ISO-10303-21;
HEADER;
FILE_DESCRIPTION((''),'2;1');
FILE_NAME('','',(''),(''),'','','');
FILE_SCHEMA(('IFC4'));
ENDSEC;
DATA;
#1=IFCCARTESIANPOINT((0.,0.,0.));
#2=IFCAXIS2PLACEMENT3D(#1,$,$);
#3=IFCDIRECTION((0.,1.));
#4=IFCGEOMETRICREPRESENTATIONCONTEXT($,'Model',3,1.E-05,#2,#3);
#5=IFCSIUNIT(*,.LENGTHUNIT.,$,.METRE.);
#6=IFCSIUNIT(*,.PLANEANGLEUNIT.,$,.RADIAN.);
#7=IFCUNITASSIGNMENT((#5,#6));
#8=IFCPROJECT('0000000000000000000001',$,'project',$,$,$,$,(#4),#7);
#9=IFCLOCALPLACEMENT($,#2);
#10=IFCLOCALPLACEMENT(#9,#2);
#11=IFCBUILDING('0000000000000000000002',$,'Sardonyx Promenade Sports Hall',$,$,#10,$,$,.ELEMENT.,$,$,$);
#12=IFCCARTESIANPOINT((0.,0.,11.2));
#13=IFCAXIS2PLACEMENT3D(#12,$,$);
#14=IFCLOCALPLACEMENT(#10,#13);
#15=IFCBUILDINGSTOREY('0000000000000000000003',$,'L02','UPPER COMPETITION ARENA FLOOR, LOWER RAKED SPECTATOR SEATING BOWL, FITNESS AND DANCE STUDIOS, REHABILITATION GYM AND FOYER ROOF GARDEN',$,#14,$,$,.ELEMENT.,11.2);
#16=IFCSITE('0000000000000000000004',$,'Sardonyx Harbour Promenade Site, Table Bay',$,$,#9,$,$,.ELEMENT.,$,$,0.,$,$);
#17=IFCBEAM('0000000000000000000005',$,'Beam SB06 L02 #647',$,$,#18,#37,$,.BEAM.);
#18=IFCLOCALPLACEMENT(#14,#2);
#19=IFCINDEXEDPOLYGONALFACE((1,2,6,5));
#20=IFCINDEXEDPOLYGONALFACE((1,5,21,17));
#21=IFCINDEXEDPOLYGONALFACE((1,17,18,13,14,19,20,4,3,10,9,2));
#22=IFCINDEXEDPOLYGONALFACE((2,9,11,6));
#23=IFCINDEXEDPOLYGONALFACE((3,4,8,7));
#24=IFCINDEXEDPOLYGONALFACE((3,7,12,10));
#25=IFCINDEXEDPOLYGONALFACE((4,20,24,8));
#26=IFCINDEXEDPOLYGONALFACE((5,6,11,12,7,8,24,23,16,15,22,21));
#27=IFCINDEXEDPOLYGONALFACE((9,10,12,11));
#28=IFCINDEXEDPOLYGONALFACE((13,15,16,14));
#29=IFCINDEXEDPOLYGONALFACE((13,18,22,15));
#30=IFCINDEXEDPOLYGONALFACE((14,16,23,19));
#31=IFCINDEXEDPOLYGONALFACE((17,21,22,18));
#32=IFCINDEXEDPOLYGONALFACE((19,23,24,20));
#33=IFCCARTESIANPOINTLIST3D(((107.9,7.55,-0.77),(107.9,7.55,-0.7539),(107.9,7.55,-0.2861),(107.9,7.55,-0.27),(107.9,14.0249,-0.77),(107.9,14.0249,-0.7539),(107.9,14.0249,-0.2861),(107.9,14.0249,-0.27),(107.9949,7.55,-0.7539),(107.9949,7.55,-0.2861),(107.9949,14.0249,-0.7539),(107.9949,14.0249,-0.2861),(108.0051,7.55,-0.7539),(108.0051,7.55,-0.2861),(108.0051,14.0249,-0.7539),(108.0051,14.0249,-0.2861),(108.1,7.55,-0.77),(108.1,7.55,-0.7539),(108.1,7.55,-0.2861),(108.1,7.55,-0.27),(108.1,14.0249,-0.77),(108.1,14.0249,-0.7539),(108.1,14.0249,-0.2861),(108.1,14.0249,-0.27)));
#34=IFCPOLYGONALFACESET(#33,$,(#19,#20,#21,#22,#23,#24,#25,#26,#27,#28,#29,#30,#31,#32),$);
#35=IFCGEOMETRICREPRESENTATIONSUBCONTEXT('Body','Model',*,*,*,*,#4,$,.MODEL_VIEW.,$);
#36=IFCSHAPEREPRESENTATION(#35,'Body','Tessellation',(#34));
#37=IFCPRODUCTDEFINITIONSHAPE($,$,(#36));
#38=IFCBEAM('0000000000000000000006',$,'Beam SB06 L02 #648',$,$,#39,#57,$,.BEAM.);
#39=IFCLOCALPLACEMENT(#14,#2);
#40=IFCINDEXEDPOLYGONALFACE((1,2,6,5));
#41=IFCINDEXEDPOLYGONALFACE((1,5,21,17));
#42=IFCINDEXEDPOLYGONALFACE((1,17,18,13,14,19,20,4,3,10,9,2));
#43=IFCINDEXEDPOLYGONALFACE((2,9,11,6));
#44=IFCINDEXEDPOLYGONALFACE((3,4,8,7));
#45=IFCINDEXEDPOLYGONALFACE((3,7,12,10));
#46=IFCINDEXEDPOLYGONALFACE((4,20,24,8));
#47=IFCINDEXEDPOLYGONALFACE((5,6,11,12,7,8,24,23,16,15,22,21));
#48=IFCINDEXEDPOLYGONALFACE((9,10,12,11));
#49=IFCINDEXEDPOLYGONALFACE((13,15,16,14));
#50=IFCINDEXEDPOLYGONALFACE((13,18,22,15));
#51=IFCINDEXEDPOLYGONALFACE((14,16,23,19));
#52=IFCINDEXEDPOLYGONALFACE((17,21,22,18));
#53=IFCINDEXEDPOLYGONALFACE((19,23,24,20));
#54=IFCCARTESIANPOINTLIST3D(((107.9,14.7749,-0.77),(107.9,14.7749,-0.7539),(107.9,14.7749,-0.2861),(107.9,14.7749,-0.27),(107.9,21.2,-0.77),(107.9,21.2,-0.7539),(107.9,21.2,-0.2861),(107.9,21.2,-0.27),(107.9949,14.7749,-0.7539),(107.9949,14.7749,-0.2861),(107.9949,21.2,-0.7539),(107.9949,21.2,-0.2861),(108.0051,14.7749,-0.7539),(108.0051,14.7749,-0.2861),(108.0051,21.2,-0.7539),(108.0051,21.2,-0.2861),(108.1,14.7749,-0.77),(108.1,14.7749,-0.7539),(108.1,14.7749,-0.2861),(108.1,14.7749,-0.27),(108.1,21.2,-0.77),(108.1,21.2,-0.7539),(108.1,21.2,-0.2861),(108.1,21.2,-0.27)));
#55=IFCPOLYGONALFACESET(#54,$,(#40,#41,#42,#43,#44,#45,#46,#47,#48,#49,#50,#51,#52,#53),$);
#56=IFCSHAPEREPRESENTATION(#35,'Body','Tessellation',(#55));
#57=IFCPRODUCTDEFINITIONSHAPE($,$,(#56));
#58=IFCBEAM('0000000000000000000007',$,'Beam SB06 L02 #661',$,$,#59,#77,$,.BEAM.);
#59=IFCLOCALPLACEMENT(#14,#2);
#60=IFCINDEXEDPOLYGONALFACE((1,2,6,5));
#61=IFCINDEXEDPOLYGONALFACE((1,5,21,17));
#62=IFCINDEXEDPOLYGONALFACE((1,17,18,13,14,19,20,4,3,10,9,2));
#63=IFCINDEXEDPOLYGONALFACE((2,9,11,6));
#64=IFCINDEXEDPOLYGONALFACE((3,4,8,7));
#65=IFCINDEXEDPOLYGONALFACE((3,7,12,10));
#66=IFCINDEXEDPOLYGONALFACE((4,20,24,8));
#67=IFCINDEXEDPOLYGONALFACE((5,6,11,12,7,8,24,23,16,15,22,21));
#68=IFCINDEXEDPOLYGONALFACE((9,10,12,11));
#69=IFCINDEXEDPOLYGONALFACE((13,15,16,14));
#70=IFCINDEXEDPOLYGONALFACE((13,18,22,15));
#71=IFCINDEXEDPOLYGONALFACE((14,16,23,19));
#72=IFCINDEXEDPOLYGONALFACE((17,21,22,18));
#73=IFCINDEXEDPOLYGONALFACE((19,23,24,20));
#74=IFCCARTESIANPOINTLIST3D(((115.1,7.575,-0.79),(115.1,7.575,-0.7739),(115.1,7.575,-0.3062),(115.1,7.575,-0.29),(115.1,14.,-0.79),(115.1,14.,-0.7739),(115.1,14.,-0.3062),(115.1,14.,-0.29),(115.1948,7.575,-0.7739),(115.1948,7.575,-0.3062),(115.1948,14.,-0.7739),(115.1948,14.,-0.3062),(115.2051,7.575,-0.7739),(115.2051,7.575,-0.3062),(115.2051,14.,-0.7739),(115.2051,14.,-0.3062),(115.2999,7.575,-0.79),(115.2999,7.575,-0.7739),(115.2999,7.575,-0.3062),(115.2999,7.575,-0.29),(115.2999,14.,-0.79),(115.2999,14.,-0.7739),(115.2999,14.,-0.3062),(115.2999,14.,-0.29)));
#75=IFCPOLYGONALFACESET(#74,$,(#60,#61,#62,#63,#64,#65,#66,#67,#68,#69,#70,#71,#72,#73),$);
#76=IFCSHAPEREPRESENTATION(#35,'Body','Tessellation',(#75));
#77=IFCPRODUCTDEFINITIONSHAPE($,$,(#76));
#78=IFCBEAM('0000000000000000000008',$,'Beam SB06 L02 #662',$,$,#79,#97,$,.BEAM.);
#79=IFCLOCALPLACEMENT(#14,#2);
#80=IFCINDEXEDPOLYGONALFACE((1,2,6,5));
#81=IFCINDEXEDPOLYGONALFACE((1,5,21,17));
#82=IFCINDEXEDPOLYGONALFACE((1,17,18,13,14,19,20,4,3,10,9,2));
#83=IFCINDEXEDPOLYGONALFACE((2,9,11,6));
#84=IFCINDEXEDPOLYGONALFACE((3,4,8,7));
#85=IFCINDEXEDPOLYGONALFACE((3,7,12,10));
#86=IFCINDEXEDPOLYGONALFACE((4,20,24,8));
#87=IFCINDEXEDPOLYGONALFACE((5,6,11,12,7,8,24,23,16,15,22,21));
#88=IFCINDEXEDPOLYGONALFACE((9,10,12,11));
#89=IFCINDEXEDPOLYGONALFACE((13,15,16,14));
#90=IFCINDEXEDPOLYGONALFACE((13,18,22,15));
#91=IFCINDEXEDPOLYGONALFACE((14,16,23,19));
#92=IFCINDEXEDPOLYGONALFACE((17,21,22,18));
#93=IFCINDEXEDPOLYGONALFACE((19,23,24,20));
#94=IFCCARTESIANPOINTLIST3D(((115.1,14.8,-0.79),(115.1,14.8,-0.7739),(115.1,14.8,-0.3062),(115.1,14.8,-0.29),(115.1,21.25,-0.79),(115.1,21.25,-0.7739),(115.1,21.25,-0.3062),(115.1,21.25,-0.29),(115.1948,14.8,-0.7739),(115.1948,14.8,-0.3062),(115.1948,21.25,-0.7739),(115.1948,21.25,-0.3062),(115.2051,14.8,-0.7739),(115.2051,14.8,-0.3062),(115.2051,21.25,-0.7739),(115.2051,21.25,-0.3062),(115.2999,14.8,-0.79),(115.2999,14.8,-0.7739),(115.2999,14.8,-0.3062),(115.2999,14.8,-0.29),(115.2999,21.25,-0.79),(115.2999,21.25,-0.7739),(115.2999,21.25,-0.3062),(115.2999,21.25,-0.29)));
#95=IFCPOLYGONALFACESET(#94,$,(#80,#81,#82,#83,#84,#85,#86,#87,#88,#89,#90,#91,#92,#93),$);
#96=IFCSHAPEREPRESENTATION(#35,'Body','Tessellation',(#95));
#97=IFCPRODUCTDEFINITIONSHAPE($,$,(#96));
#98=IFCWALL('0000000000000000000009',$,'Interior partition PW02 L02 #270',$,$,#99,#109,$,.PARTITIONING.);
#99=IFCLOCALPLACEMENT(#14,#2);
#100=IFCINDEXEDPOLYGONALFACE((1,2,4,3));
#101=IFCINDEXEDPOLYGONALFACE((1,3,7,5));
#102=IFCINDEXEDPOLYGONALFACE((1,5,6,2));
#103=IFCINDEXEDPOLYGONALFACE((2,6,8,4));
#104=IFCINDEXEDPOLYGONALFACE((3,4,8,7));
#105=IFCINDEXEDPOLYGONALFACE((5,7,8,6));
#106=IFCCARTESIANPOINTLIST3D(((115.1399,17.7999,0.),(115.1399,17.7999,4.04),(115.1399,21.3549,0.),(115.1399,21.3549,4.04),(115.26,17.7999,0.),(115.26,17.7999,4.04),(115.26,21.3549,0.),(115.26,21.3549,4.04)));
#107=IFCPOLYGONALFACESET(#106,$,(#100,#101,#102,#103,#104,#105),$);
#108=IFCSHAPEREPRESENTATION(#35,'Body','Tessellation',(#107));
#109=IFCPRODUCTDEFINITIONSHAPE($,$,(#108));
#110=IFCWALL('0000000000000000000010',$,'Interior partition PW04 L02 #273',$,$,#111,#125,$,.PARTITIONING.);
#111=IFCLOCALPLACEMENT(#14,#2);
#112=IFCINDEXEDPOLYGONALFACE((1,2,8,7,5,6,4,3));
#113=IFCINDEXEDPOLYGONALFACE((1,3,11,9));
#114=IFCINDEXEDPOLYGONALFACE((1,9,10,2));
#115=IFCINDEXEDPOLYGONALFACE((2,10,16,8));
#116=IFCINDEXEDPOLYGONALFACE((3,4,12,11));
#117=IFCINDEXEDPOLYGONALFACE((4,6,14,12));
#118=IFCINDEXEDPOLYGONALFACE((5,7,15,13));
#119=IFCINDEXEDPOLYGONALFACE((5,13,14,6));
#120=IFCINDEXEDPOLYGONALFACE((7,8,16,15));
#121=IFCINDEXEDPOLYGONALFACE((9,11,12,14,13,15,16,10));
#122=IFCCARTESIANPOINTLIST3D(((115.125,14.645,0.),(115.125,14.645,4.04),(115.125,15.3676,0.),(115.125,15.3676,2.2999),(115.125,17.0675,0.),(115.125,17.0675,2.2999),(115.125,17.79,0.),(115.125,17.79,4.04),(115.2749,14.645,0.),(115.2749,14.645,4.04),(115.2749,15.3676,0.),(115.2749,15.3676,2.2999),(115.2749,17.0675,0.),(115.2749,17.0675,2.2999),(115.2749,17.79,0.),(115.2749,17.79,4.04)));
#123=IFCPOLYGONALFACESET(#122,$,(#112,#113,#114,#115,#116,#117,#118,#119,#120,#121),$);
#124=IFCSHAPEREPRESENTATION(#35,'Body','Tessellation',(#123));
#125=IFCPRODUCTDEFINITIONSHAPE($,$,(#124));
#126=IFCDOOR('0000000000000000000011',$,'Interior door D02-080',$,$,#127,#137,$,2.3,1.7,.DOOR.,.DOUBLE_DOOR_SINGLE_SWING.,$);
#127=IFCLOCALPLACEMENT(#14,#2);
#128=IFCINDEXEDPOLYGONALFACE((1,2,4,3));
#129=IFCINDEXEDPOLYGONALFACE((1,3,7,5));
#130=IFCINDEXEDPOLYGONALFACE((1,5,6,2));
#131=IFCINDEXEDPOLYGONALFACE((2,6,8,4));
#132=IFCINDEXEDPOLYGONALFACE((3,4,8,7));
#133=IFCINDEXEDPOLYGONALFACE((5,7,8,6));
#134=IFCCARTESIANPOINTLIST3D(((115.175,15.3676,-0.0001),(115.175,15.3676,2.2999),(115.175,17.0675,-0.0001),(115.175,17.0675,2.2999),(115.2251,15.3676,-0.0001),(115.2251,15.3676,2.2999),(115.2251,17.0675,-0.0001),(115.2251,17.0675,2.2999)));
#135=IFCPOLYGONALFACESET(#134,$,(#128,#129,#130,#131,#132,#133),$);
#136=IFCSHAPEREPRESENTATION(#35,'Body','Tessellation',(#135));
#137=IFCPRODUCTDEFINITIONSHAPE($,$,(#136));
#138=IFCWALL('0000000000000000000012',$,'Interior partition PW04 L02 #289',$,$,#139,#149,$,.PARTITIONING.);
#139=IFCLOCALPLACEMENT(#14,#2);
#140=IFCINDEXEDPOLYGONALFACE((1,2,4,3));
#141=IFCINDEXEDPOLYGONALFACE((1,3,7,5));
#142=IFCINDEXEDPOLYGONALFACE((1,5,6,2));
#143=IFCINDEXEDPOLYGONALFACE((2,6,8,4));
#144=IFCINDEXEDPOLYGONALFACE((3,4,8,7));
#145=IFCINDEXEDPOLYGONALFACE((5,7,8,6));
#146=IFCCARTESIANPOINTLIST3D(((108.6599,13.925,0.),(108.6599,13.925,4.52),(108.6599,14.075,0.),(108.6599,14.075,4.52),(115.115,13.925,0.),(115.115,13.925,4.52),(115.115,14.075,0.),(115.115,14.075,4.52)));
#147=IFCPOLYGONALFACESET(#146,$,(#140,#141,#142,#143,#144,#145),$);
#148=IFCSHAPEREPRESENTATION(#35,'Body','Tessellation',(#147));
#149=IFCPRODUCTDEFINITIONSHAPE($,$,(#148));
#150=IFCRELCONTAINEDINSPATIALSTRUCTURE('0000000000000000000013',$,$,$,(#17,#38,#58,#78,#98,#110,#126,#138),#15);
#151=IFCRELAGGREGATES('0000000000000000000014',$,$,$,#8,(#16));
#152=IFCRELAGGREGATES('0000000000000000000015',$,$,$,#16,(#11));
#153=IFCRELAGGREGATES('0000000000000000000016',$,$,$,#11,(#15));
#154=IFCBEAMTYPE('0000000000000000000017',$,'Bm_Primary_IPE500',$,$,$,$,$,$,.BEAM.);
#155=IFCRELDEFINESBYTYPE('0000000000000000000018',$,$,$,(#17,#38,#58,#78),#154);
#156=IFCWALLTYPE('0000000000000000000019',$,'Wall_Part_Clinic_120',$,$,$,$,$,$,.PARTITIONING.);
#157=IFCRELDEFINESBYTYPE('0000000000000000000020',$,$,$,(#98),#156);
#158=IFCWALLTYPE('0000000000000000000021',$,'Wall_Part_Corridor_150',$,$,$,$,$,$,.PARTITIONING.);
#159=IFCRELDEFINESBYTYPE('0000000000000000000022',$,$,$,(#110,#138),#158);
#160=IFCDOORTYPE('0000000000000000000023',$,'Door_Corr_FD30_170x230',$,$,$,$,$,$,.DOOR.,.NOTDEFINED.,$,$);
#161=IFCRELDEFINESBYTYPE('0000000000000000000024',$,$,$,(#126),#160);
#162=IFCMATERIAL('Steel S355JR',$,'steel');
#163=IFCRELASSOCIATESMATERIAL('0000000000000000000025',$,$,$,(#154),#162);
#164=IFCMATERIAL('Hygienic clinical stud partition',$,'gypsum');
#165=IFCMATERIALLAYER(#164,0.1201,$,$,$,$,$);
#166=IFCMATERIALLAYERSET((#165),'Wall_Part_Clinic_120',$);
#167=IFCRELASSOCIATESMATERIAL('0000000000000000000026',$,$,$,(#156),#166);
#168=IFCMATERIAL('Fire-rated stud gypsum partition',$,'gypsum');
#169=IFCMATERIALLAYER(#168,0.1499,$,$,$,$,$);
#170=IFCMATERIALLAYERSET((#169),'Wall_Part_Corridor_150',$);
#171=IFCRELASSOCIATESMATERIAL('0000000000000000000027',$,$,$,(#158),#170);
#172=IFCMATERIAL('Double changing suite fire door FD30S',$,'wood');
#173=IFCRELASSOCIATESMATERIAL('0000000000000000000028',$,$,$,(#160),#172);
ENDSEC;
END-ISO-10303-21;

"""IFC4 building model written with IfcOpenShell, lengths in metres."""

from ifc_helpers import new_model, si_unit, direction, frame, frame_2d, origin, origin_2d, place, context, subcontext, project, spatial, rectangle, i_section, extrude, material, layer, layer_set, material_profile, profile_set, type_object, element, fill, save


model = new_model("IFC4")

# Units and contexts
model_context = context("Model", 3, precision=1e-05, world=origin(), true_north=direction((0.0, 1.0)))
body_context = subcontext(model_context, "Body", "Model", "MODEL_VIEW")
ifc_project = project(units=[si_unit("LENGTHUNIT", "METRE"), si_unit("PLANEANGLEUNIT", "RADIAN")], contexts=[model_context])

# Site, building, storey
site_placement = place(None, origin())
site = spatial("IfcSite", under=ifc_project, at=site_placement, Name="Sardonyx Harbour Promenade Site, Table Bay", CompositionType="ELEMENT", RefElevation=0.0)
building_placement = place(site_placement, origin())
building = spatial("IfcBuilding", under=site, at=building_placement, Name="Sardonyx Promenade Sports Hall", CompositionType="ELEMENT")
storey_placement = place(building_placement, frame((0.0, 0.0, 11.2)))
storey = spatial("IfcBuildingStorey", under=building, at=storey_placement, Name="L02", Description="UPPER COMPETITION ARENA FLOOR, LOWER RAKED SPECTATOR SEATING BOWL, FITNESS AND DANCE STUDIOS, REHABILITATION GYM AND FOYER ROOF GARDEN", CompositionType="ELEMENT", Elevation=11.2)

# Beams
ifc_material_1 = material(Name="Steel S355JR", Category="steel")
ifc_material_profile_1 = material_profile(ifc_material_1, i_section(OverallWidth=0.2, OverallDepth=0.5, WebThickness=0.0103, FlangeThickness=0.0161, at=origin_2d()))
ifc_profile_set_1 = profile_set([ifc_material_profile_1], Name="Steel S355JR")
beam_type_1 = type_object("IfcBeamType", Name="Bm_Primary_IPE500", PredefinedType="BEAM", material=ifc_profile_set_1)
beam_1_placement = place(storey_placement, frame((108.0, 7.55, -0.52), z_axis=(0.0, 1.0, 0.0), x_axis=(-1.0, 0.0, 0.0)))
element("IfcBeam", 1, at=beam_1_placement, inside=storey, type_object=beam_type_1, Name="Beam SB06 L02 #647", PredefinedType="BEAM", context=body_context, shape_type="SweptSolid", body=[
    extrude(i_section(OverallWidth=0.2, OverallDepth=0.5, WebThickness=0.0103, FlangeThickness=0.0161, at=origin_2d()), origin(), (0.0, 0.0, 1.0), 6.4749),
])
for number, where, z_axis, x_axis, name in (
    (2, (108.0, 14.7749, -0.52), (0.0, 1.0, 0.0), (-1.0, 0.0, 0.0), "Beam SB06 L02 #648"),
    (3, (115.2, 7.575, -0.54), (0.0, 1.0, 0.0), (-1.0, 0.0, 0.0), "Beam SB06 L02 #661"),
):
    element("IfcBeam", number, at=place(storey_placement, frame(where, z_axis=z_axis, x_axis=x_axis)), inside=storey, type_object=beam_type_1, Name=name, PredefinedType="BEAM", context=body_context, shape_type="SweptSolid", body=[
        extrude(i_section(OverallWidth=0.2, OverallDepth=0.5, WebThickness=0.0103, FlangeThickness=0.0161, at=origin_2d()), origin(), (0.0, 0.0, 1.0), 6.425),
    ])
beam_2_placement = place(storey_placement, frame((115.2, 14.8, -0.54), z_axis=(0.0, 1.0, 0.0), x_axis=(-1.0, 0.0, 0.0)))
element("IfcBeam", 4, at=beam_2_placement, inside=storey, type_object=beam_type_1, Name="Beam SB06 L02 #662", PredefinedType="BEAM", context=body_context, shape_type="SweptSolid", body=[
    extrude(i_section(OverallWidth=0.2, OverallDepth=0.5, WebThickness=0.0103, FlangeThickness=0.0161, at=origin_2d()), origin(), (0.0, 0.0, 1.0), 6.45),
])

# Wall
ifc_material_2 = material(Name="Hygienic clinical stud partition", Category="gypsum")
ifc_layer_1 = layer(ifc_material_2, 0.1201)
ifc_layer_set_1 = layer_set([ifc_layer_1], Name="Wall_Part_Clinic_120")
wall_type_1 = type_object("IfcWallType", Name="Wall_Part_Clinic_120", PredefinedType="PARTITIONING", material=ifc_layer_set_1)
wall_1_placement = place(storey_placement, frame((115.2, 17.8, 0.0), z_axis=(0.0, 0.0, 1.0), x_axis=(0.0, 1.0, 0.0)))
element("IfcWall", 5, at=wall_1_placement, inside=storey, type_object=wall_type_1, Name="Interior partition PW02 L02 #270", PredefinedType="PARTITIONING", context=body_context, shape_type="SweptSolid", body=[
    extrude(rectangle(XDim=3.5549, YDim=0.1201, at=frame_2d((1.7773, 0.0))), origin(), (0.0, 0.0, 1.0), 4.04),
])
ifc_material_3 = material(Name="Fire-rated stud gypsum partition", Category="gypsum")
ifc_layer_2 = layer(ifc_material_3, 0.1499)
ifc_layer_set_2 = layer_set([ifc_layer_2], Name="Wall_Part_Corridor_150")
wall_type_2 = type_object("IfcWallType", Name="Wall_Part_Corridor_150", PredefinedType="PARTITIONING", material=ifc_layer_set_2)

# Wall, opening, door
wall_2_placement = place(storey_placement, frame((115.2, 14.645, 0.0), z_axis=(0.0, 0.0, 1.0), x_axis=(0.0, 1.0, 0.0)))
wall_2 = element("IfcWall", 6, at=wall_2_placement, inside=storey, type_object=wall_type_2, Name="Interior partition PW04 L02 #273", PredefinedType="PARTITIONING", context=body_context, shape_type="SweptSolid", body=[
    extrude(rectangle(XDim=3.145, YDim=0.1499, at=frame_2d((1.5725, 0.0))), origin(), (0.0, 0.0, 1.0), 4.04),
])
opening_placement = place(wall_2_placement, frame((0.7224, 0.0, 0.0)))
opening = element("IfcOpeningElement", 7, at=opening_placement, cuts=wall_2, PredefinedType="OPENING", context=body_context, shape_type="SweptSolid", body=[
    extrude(rectangle(XDim=1.7, YDim=2.3, at=frame_2d((0.8501, 1.1499))), frame((0.0, 0.085, 0.0), z_axis=(0.0, -1.0, 0.0), x_axis=(1.0, 0.0, 0.0)), (0.0, 0.0, 1.0), 0.17),
])
ifc_material_4 = material(Name="Double changing suite fire door FD30S", Category="wood")
door_type = type_object("IfcDoorType", Name="Door_Corr_FD30_170x230", OperationType="NOTDEFINED", PredefinedType="DOOR", material=ifc_material_4)
door_placement = place(opening_placement, origin())
door = element("IfcDoor", 8, at=door_placement, inside=storey, type_object=door_type, Name="Interior door D02-080", OperationType="DOUBLE_DOOR_SINGLE_SWING", OverallHeight=2.3, OverallWidth=1.7, PredefinedType="DOOR", context=body_context, shape_type="SweptSolid", body=[
    extrude(rectangle(XDim=1.7, YDim=2.3, at=frame_2d((0.8501, 1.1499))), frame((0.0, 0.0249, 0.0), z_axis=(0.0, -1.0, 0.0), x_axis=(1.0, 0.0, 0.0)), (0.0, 0.0, 1.0), 0.05),
])
fill(opening, door)

# Wall
wall_3_placement = place(storey_placement, frame((108.6599, 14.0, 0.0), z_axis=(0.0, 0.0, 1.0), x_axis=(1.0, 0.0, 0.0)))
element("IfcWall", 9, at=wall_3_placement, inside=storey, type_object=wall_type_2, Name="Interior partition PW04 L02 #289", PredefinedType="PARTITIONING", context=body_context, shape_type="SweptSolid", body=[
    extrude(rectangle(XDim=6.4551, YDim=0.1499, at=frame_2d((3.2275, 0.0))), origin(), (0.0, 0.0, 1.0), 4.52),
])

save(model, "model.ifc")
